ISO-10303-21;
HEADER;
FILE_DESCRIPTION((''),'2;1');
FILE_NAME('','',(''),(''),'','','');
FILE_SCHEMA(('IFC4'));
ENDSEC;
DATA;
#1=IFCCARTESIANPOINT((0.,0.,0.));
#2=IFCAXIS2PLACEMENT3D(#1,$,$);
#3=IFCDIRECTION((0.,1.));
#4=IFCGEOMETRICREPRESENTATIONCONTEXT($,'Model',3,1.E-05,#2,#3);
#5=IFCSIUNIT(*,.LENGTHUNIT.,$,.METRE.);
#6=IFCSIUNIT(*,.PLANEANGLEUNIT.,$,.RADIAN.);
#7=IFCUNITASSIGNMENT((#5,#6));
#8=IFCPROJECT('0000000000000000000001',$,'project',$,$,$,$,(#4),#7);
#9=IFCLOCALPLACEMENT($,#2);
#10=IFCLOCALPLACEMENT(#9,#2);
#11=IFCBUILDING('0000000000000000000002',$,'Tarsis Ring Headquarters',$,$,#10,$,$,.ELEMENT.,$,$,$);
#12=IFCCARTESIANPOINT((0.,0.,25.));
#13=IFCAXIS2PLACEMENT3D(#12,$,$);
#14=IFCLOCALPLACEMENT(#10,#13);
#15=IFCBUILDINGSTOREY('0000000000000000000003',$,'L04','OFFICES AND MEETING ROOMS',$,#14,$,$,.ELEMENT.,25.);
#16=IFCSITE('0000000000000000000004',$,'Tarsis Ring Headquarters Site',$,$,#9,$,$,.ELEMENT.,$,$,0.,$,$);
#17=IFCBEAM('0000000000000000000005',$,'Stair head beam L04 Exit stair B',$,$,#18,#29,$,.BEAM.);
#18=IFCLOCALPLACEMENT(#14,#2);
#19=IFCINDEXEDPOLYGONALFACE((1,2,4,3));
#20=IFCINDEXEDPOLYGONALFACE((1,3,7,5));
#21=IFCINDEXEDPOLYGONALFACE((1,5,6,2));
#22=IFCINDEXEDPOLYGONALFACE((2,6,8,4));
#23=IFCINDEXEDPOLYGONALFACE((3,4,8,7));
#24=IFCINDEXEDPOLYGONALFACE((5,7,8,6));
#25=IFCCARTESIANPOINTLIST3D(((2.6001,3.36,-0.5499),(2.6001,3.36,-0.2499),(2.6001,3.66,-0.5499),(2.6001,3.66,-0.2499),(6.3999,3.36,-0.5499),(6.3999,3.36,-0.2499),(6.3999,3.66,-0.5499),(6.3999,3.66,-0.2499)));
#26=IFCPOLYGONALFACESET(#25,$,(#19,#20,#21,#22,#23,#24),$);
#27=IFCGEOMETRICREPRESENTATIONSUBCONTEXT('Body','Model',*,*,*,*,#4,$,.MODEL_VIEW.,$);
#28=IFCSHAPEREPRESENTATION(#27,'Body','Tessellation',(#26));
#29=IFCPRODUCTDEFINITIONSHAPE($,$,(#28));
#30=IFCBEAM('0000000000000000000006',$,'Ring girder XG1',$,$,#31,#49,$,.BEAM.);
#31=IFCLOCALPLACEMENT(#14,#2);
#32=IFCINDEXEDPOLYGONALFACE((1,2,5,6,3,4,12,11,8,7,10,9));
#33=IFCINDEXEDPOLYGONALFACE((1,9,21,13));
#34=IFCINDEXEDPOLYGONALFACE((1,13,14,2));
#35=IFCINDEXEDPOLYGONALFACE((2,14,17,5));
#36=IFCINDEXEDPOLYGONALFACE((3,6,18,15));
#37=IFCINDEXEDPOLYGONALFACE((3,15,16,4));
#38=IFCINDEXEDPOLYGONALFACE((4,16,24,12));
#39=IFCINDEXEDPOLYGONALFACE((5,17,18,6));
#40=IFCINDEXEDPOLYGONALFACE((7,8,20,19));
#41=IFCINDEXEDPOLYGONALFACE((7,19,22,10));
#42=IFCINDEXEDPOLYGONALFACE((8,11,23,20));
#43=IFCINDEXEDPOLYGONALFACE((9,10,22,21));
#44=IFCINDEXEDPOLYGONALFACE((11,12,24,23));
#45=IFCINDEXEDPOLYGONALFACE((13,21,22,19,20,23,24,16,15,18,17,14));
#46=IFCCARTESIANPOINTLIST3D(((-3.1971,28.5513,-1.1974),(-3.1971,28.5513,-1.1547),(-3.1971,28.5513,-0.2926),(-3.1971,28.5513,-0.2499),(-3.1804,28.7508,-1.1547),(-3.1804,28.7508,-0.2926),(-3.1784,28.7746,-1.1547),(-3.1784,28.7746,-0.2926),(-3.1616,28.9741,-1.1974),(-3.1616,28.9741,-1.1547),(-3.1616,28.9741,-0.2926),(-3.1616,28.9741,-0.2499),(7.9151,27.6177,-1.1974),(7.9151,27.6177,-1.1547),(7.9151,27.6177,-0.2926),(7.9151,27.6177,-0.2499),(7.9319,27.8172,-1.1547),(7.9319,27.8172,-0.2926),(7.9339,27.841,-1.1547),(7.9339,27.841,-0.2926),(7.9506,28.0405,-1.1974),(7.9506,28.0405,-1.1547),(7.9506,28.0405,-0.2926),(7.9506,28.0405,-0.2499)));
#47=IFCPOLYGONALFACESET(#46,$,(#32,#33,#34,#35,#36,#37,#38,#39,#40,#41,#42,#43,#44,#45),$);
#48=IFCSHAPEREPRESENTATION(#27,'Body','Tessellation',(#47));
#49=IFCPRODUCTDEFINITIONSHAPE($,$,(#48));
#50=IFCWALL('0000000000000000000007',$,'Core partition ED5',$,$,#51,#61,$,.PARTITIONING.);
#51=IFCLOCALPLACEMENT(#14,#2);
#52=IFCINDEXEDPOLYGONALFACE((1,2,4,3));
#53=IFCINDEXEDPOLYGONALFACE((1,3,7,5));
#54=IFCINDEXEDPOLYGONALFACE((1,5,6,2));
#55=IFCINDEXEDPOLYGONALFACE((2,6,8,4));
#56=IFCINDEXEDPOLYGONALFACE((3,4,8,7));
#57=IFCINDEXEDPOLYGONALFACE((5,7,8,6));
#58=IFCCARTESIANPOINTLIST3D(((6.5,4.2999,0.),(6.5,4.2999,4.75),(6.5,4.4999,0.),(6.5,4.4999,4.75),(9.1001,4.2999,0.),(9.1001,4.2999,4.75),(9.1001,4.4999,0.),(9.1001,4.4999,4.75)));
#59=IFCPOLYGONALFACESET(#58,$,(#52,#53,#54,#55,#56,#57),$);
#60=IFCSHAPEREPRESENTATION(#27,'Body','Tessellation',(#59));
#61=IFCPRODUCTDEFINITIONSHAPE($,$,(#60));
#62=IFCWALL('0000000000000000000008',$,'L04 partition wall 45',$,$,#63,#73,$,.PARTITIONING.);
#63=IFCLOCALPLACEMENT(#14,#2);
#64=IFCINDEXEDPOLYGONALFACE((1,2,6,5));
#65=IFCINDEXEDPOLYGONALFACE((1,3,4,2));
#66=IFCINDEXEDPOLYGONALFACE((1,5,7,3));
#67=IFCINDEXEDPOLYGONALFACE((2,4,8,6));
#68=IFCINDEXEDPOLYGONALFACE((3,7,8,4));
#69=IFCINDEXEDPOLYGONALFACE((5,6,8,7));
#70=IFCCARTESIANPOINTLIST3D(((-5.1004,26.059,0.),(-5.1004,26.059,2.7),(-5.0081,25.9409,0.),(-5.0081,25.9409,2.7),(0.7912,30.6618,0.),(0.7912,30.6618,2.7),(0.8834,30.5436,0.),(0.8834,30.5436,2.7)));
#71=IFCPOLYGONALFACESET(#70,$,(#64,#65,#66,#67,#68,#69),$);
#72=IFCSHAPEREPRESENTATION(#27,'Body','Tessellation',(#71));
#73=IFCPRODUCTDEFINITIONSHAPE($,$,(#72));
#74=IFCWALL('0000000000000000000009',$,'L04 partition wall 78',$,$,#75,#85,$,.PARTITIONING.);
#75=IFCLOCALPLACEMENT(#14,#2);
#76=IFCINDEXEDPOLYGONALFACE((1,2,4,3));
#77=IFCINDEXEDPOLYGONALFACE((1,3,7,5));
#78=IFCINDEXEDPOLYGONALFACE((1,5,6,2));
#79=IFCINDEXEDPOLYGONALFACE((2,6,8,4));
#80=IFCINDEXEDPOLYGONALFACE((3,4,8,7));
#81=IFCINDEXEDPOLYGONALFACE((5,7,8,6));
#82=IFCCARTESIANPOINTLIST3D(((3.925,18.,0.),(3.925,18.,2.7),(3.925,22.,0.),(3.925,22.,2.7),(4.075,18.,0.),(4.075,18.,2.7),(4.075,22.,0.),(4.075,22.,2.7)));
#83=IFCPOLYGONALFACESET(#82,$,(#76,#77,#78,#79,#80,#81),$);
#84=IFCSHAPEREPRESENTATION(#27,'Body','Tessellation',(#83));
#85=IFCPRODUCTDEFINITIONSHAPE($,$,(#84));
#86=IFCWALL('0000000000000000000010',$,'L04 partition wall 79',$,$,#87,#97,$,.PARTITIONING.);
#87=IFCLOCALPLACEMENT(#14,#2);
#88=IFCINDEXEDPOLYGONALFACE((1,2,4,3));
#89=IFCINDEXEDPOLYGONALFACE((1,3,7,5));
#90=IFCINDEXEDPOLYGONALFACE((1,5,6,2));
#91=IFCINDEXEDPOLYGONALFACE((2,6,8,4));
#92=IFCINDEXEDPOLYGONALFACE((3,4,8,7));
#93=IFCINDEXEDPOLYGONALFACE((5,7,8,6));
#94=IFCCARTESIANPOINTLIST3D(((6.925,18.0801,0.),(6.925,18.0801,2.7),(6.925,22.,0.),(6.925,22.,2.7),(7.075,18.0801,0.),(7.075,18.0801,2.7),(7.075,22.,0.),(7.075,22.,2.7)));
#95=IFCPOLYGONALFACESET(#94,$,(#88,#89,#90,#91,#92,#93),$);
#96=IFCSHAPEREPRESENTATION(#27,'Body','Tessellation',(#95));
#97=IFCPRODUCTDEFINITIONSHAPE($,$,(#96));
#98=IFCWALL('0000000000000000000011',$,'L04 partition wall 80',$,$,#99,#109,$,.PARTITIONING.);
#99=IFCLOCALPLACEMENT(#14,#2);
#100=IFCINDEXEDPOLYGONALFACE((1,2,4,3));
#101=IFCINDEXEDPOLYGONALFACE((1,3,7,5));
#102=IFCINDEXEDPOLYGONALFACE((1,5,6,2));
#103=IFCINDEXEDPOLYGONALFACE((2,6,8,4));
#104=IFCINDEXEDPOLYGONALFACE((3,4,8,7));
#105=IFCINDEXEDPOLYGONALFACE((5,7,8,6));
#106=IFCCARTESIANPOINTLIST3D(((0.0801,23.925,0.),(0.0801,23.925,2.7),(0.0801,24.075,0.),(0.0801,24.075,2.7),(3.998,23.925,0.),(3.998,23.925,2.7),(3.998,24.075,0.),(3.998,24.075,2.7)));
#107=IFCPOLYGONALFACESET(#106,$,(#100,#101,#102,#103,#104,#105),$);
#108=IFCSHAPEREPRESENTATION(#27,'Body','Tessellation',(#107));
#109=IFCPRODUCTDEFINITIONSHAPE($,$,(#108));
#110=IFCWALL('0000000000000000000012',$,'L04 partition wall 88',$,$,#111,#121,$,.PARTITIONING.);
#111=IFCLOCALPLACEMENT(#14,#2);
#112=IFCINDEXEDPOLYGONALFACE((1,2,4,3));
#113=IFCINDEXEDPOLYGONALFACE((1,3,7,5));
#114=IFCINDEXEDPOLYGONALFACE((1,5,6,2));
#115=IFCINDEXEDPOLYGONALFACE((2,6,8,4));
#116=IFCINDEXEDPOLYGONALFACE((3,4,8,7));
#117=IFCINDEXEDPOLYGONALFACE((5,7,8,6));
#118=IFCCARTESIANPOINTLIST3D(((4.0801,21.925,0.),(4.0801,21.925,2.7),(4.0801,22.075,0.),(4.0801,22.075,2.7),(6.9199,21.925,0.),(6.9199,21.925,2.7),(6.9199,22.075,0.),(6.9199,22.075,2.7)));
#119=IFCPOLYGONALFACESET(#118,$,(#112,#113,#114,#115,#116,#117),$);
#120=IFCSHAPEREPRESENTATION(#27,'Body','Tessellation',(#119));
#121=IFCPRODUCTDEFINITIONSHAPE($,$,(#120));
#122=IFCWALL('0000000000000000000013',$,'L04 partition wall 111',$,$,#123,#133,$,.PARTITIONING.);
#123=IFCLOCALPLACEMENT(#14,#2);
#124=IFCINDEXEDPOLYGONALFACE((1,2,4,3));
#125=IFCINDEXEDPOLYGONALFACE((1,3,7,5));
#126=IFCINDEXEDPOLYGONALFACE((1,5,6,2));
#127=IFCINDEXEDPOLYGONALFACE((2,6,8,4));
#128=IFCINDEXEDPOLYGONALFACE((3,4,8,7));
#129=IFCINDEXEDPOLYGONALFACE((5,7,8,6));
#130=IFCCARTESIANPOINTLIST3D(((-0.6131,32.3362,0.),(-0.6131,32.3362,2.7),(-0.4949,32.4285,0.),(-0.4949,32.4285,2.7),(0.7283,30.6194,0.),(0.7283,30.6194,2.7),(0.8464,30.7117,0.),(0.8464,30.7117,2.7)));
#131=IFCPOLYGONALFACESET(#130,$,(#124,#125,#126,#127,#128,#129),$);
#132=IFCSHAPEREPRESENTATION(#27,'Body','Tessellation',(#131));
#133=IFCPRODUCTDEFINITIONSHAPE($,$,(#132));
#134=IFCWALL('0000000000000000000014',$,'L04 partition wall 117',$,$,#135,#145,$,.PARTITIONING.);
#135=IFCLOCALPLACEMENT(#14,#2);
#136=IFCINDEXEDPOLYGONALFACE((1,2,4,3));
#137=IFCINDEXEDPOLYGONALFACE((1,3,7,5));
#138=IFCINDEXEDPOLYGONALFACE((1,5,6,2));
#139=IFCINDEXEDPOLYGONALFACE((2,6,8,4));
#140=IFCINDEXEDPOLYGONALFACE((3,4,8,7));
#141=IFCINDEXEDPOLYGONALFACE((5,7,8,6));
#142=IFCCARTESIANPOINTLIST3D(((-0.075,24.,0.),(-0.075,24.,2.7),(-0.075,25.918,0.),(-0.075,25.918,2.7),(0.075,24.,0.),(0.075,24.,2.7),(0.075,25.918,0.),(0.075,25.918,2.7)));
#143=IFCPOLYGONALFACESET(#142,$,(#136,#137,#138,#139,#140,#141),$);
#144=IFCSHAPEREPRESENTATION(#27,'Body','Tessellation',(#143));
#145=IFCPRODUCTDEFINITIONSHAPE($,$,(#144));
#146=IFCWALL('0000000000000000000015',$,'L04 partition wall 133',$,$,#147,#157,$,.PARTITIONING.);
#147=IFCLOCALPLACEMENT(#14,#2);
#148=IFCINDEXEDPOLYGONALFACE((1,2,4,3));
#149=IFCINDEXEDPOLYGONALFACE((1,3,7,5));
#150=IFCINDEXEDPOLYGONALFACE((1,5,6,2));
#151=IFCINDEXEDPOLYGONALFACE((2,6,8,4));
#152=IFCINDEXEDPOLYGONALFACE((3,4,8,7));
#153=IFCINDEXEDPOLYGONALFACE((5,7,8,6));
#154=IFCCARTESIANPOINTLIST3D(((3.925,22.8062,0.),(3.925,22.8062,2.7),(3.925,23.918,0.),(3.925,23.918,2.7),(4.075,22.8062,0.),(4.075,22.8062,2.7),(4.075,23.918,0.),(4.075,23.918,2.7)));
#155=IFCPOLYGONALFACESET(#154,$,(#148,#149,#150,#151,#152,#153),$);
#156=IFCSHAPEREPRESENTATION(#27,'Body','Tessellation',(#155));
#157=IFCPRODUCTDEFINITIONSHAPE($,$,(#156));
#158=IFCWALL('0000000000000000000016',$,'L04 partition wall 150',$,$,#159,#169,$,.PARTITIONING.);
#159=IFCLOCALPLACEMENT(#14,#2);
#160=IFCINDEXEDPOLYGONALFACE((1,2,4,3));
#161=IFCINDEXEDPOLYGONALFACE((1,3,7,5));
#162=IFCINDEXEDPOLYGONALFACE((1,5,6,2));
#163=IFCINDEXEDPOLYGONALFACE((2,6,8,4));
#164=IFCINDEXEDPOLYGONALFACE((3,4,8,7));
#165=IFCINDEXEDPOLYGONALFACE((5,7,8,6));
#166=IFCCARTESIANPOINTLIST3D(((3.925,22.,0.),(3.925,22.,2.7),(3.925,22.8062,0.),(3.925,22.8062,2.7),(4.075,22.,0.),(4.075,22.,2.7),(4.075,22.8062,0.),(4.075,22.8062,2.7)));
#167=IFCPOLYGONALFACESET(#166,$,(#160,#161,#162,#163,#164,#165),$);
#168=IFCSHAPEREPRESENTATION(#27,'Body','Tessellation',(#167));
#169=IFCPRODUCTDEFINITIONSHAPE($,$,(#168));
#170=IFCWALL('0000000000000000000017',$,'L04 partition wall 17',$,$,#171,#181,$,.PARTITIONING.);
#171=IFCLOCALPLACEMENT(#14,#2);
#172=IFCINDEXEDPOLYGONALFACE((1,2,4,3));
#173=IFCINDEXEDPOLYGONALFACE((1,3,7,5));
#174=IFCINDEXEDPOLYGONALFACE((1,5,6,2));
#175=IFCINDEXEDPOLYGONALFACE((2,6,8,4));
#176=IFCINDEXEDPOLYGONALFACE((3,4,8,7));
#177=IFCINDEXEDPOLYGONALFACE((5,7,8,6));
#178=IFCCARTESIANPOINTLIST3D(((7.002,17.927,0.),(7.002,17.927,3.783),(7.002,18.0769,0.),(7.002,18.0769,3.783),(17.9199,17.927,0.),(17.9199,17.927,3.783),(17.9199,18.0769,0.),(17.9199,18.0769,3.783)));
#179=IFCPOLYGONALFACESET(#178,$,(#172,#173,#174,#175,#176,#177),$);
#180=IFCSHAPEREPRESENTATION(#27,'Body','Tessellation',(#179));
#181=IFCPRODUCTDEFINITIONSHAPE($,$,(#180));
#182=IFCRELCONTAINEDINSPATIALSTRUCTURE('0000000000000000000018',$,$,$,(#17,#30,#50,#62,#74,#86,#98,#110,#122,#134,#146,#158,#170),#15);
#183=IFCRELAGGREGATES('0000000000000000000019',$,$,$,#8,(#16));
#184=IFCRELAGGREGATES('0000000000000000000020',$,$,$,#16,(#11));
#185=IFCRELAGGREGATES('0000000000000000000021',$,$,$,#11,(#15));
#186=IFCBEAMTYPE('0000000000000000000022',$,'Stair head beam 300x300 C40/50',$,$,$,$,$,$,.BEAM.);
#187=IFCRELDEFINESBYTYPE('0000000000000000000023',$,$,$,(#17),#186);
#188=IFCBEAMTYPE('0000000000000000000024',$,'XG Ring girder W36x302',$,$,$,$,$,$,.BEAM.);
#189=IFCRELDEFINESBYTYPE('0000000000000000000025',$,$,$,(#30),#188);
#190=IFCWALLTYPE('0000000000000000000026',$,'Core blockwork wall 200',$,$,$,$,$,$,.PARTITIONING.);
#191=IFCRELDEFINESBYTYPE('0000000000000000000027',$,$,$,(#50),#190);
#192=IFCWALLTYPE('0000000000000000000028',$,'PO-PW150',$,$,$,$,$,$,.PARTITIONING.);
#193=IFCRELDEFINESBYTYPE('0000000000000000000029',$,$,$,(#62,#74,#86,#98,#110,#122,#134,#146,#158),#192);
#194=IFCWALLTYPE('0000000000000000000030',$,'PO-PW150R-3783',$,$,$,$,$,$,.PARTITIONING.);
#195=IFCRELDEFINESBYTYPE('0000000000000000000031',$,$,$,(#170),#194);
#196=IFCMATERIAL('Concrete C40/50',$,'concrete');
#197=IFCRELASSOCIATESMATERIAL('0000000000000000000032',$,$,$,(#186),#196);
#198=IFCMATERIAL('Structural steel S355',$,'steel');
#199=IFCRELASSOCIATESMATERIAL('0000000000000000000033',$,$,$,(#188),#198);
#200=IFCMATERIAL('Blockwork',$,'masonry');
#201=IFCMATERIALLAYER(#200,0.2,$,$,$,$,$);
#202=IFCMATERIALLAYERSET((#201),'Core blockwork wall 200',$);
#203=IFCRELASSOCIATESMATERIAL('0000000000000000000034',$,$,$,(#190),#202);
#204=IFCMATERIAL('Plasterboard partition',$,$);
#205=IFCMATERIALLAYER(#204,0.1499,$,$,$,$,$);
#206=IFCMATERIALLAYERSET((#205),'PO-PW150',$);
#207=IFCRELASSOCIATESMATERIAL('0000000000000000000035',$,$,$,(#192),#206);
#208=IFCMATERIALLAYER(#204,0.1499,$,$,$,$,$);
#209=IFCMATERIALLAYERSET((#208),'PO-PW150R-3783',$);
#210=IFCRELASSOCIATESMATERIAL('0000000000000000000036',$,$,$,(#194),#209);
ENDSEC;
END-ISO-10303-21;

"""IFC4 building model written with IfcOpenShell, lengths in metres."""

from ifc_helpers import new_model, si_unit, direction, frame, frame_2d, origin, origin_2d, place, context, subcontext, project, spatial, rectangle, i_section, extrude, material, layer, layer_set, material_profile, profile_set, type_object, element, save


model = new_model("IFC4")

# Units and contexts
model_context = context("Model", 3, precision=1e-05, world=origin(), true_north=direction((0.0, 1.0)))
body_context = subcontext(model_context, "Body", "Model", "MODEL_VIEW")
ifc_project = project(units=[si_unit("LENGTHUNIT", "METRE"), si_unit("PLANEANGLEUNIT", "RADIAN")], contexts=[model_context])

# Site, building, storey
site_placement = place(None, origin())
site = spatial("IfcSite", under=ifc_project, at=site_placement, Name="Tarsis Ring Headquarters Site", CompositionType="ELEMENT", RefElevation=0.0)
building_placement = place(site_placement, origin())
building = spatial("IfcBuilding", under=site, at=building_placement, Name="Tarsis Ring Headquarters", CompositionType="ELEMENT")
storey_placement = place(building_placement, frame((0.0, 0.0, 25.0)))
storey = spatial("IfcBuildingStorey", under=building, at=storey_placement, Name="L04", Description="OFFICES AND MEETING ROOMS", CompositionType="ELEMENT", Elevation=25.0)

# Beams
ifc_material_1 = material(Name="Concrete C40/50", Category="concrete")
ifc_material_profile_1 = material_profile(ifc_material_1, rectangle(XDim=0.3, YDim=0.3, at=origin_2d()), Name="Stair head beam 300x300 C40/50")
ifc_profile_set_1 = profile_set([ifc_material_profile_1], Name="Concrete C40/50")
beam_type_1 = type_object("IfcBeamType", Name="Stair head beam 300x300 C40/50", PredefinedType="BEAM", material=ifc_profile_set_1)
beam_1_placement = place(storey_placement, frame((2.6001, 3.51, -0.3999), z_axis=(1.0, 0.0, 0.0), x_axis=(0.0, 1.0, 0.0)))
element("IfcBeam", 1, at=beam_1_placement, inside=storey, type_object=beam_type_1, Name="Stair head beam L04 Exit stair B", PredefinedType="BEAM", context=body_context, shape_type="SweptSolid", body=[
    extrude(rectangle(XDim=0.3, YDim=0.3, at=origin_2d()), origin(), (0.0, 0.0, 1.0), 3.7998),
])
ifc_material_2 = material(Name="Structural steel S355", Category="steel")
ifc_material_profile_2 = material_profile(ifc_material_2, i_section(OverallWidth=0.4243, OverallDepth=0.9475, WebThickness=0.0239, FlangeThickness=0.0427, at=origin_2d()), Name="W36x302")
ifc_profile_set_2 = profile_set([ifc_material_profile_2], Name="Structural steel S355")
beam_type_2 = type_object("IfcBeamType", Name="XG Ring girder W36x302", PredefinedType="BEAM", material=ifc_profile_set_2)
beam_2_placement = place(storey_placement, frame((7.9329, 27.8291, -0.7236), z_axis=(-0.996489, 0.083719, 0.0), x_axis=(-0.083719, -0.996489, 0.0)))
element("IfcBeam", 2, at=beam_2_placement, inside=storey, type_object=beam_type_2, Name="Ring girder XG1", PredefinedType="BEAM", context=body_context, shape_type="SweptSolid", body=[
    extrude(i_section(OverallWidth=0.4243, OverallDepth=0.9475, WebThickness=0.0239, FlangeThickness=0.0427, at=origin_2d()), origin(), (0.0, 0.0, 1.0), 11.1514),
])

# Walls
ifc_material_3 = material(Name="Blockwork", Category="masonry")
ifc_layer_1 = layer(ifc_material_3, 0.2)
ifc_layer_set_1 = layer_set([ifc_layer_1], Name="Core blockwork wall 200")
wall_type_1 = type_object("IfcWallType", Name="Core blockwork wall 200", PredefinedType="PARTITIONING", material=ifc_layer_set_1)
wall_1_placement = place(storey_placement, frame((6.5, 4.3999, 0.0), z_axis=(0.0, 0.0, 1.0), x_axis=(1.0, 0.0, 0.0)))
element("IfcWall", 3, at=wall_1_placement, inside=storey, type_object=wall_type_1, Name="Core partition ED5", PredefinedType="PARTITIONING", context=body_context, shape_type="SweptSolid", body=[
    extrude(rectangle(XDim=2.6001, YDim=0.2, at=frame_2d((1.3, 0.0))), origin(), (0.0, 0.0, 1.0), 4.75),
])
ifc_material_4 = material(Name="Plasterboard partition")
ifc_layer_2 = layer(ifc_material_4, 0.1499)
ifc_layer_set_2 = layer_set([ifc_layer_2], Name="PO-PW150")
wall_type_2 = type_object("IfcWallType", Name="PO-PW150", PredefinedType="PARTITIONING", material=ifc_layer_set_2)
wall_2_placement = place(storey_placement, frame((0.8374, 30.6028, 0.0), z_axis=(0.0, 0.0, 1.0), x_axis=(-0.788026, -0.615642, 0.0)))
element("IfcWall", 4, at=wall_2_placement, inside=storey, type_object=wall_type_2, Name="L04 partition wall 45", PredefinedType="PARTITIONING", context=body_context, shape_type="SweptSolid", body=[
    extrude(rectangle(XDim=7.4763, YDim=0.1499, at=frame_2d((3.7383, 0.0))), origin(), (0.0, 0.0, 1.0), 2.7),
])
wall_3_placement = place(storey_placement, frame((4.0, 18.0, 0.0), z_axis=(0.0, 0.0, 1.0), x_axis=(0.0, 1.0, 0.0)))
element("IfcWall", 5, at=wall_3_placement, inside=storey, type_object=wall_type_2, Name="L04 partition wall 78", PredefinedType="PARTITIONING", context=body_context, shape_type="SweptSolid", body=[
    extrude(rectangle(XDim=4.0, YDim=0.1499, at=frame_2d((2.0, 0.0))), origin(), (0.0, 0.0, 1.0), 2.7),
])
wall_4_placement = place(storey_placement, frame((7.0, 18.0801, 0.0), z_axis=(0.0, 0.0, 1.0), x_axis=(0.0, 1.0, 0.0)))
element("IfcWall", 6, at=wall_4_placement, inside=storey, type_object=wall_type_2, Name="L04 partition wall 79", PredefinedType="PARTITIONING", context=body_context, shape_type="SweptSolid", body=[
    extrude(rectangle(XDim=3.9199, YDim=0.1499, at=frame_2d((1.96, 0.0))), origin(), (0.0, 0.0, 1.0), 2.7),
])
wall_5_placement = place(storey_placement, frame((0.0801, 24.0, 0.0), z_axis=(0.0, 0.0, 1.0), x_axis=(1.0, 0.0, 0.0)))
element("IfcWall", 7, at=wall_5_placement, inside=storey, type_object=wall_type_2, Name="L04 partition wall 80", PredefinedType="PARTITIONING", context=body_context, shape_type="SweptSolid", body=[
    extrude(rectangle(XDim=3.918, YDim=0.1499, at=frame_2d((1.959, 0.0))), origin(), (0.0, 0.0, 1.0), 2.7),
])
wall_6_placement = place(storey_placement, frame((6.9199, 22.0, 0.0), z_axis=(0.0, 0.0, 1.0), x_axis=(-1.0, 0.0, 0.0)))
element("IfcWall", 8, at=wall_6_placement, inside=storey, type_object=wall_type_2, Name="L04 partition wall 88", PredefinedType="PARTITIONING", context=body_context, shape_type="SweptSolid", body=[
    extrude(rectangle(XDim=2.8398, YDim=0.1499, at=frame_2d((1.4199, 0.0))), origin(), (0.0, 0.0, 1.0), 2.7),
])
wall_7_placement = place(storey_placement, frame((0.7874, 30.6655, 0.0), z_axis=(0.0, 0.0, 1.0), x_axis=(-0.615661, 0.788011, 0.0)))
element("IfcWall", 9, at=wall_7_placement, inside=storey, type_object=wall_type_2, Name="L04 partition wall 111", PredefinedType="PARTITIONING", context=body_context, shape_type="SweptSolid", body=[
    extrude(rectangle(XDim=2.1787, YDim=0.1499, at=frame_2d((1.0894, 0.0))), origin(), (0.0, 0.0, 1.0), 2.7),
])
wall_8_placement = place(storey_placement, frame((0.0, 24.0, 0.0), z_axis=(0.0, 0.0, 1.0), x_axis=(0.0, 1.0, 0.0)))
element("IfcWall", 10, at=wall_8_placement, inside=storey, type_object=wall_type_2, Name="L04 partition wall 117", PredefinedType="PARTITIONING", context=body_context, shape_type="SweptSolid", body=[
    extrude(rectangle(XDim=1.918, YDim=0.1499, at=frame_2d((0.959, 0.0))), origin(), (0.0, 0.0, 1.0), 2.7),
])
wall_9_placement = place(storey_placement, frame((4.0, 22.8062, 0.0), z_axis=(0.0, 0.0, 1.0), x_axis=(0.0, 1.0, 0.0)))
element("IfcWall", 11, at=wall_9_placement, inside=storey, type_object=wall_type_2, Name="L04 partition wall 133", PredefinedType="PARTITIONING", context=body_context, shape_type="SweptSolid", body=[
    extrude(rectangle(XDim=1.1118, YDim=0.1499, at=frame_2d((0.5559, 0.0))), origin(), (0.0, 0.0, 1.0), 2.7),
])
wall_10_placement = place(storey_placement, frame((4.0, 22.0, 0.0), z_axis=(0.0, 0.0, 1.0), x_axis=(0.0, 1.0, 0.0)))
element("IfcWall", 12, at=wall_10_placement, inside=storey, type_object=wall_type_2, Name="L04 partition wall 150", PredefinedType="PARTITIONING", context=body_context, shape_type="SweptSolid", body=[
    extrude(rectangle(XDim=0.8062, YDim=0.1499, at=frame_2d((0.4031, 0.0))), origin(), (0.0, 0.0, 1.0), 2.7),
])
ifc_layer_3 = layer(ifc_material_4, 0.1499)
ifc_layer_set_3 = layer_set([ifc_layer_3], Name="PO-PW150R-3783")
wall_type_3 = type_object("IfcWallType", Name="PO-PW150R-3783", PredefinedType="PARTITIONING", material=ifc_layer_set_3)
wall_11_placement = place(storey_placement, frame((7.002, 18.002, 0.0), z_axis=(0.0, 0.0, 1.0), x_axis=(1.0, 0.0, 0.0)))
element("IfcWall", 13, at=wall_11_placement, inside=storey, type_object=wall_type_3, Name="L04 partition wall 17", PredefinedType="PARTITIONING", context=body_context, shape_type="SweptSolid", body=[
    extrude(rectangle(XDim=10.918, YDim=0.1499, at=frame_2d((5.459, 0.0))), origin(), (0.0, 0.0, 1.0), 3.783),
])

save(model, "model.ifc")
